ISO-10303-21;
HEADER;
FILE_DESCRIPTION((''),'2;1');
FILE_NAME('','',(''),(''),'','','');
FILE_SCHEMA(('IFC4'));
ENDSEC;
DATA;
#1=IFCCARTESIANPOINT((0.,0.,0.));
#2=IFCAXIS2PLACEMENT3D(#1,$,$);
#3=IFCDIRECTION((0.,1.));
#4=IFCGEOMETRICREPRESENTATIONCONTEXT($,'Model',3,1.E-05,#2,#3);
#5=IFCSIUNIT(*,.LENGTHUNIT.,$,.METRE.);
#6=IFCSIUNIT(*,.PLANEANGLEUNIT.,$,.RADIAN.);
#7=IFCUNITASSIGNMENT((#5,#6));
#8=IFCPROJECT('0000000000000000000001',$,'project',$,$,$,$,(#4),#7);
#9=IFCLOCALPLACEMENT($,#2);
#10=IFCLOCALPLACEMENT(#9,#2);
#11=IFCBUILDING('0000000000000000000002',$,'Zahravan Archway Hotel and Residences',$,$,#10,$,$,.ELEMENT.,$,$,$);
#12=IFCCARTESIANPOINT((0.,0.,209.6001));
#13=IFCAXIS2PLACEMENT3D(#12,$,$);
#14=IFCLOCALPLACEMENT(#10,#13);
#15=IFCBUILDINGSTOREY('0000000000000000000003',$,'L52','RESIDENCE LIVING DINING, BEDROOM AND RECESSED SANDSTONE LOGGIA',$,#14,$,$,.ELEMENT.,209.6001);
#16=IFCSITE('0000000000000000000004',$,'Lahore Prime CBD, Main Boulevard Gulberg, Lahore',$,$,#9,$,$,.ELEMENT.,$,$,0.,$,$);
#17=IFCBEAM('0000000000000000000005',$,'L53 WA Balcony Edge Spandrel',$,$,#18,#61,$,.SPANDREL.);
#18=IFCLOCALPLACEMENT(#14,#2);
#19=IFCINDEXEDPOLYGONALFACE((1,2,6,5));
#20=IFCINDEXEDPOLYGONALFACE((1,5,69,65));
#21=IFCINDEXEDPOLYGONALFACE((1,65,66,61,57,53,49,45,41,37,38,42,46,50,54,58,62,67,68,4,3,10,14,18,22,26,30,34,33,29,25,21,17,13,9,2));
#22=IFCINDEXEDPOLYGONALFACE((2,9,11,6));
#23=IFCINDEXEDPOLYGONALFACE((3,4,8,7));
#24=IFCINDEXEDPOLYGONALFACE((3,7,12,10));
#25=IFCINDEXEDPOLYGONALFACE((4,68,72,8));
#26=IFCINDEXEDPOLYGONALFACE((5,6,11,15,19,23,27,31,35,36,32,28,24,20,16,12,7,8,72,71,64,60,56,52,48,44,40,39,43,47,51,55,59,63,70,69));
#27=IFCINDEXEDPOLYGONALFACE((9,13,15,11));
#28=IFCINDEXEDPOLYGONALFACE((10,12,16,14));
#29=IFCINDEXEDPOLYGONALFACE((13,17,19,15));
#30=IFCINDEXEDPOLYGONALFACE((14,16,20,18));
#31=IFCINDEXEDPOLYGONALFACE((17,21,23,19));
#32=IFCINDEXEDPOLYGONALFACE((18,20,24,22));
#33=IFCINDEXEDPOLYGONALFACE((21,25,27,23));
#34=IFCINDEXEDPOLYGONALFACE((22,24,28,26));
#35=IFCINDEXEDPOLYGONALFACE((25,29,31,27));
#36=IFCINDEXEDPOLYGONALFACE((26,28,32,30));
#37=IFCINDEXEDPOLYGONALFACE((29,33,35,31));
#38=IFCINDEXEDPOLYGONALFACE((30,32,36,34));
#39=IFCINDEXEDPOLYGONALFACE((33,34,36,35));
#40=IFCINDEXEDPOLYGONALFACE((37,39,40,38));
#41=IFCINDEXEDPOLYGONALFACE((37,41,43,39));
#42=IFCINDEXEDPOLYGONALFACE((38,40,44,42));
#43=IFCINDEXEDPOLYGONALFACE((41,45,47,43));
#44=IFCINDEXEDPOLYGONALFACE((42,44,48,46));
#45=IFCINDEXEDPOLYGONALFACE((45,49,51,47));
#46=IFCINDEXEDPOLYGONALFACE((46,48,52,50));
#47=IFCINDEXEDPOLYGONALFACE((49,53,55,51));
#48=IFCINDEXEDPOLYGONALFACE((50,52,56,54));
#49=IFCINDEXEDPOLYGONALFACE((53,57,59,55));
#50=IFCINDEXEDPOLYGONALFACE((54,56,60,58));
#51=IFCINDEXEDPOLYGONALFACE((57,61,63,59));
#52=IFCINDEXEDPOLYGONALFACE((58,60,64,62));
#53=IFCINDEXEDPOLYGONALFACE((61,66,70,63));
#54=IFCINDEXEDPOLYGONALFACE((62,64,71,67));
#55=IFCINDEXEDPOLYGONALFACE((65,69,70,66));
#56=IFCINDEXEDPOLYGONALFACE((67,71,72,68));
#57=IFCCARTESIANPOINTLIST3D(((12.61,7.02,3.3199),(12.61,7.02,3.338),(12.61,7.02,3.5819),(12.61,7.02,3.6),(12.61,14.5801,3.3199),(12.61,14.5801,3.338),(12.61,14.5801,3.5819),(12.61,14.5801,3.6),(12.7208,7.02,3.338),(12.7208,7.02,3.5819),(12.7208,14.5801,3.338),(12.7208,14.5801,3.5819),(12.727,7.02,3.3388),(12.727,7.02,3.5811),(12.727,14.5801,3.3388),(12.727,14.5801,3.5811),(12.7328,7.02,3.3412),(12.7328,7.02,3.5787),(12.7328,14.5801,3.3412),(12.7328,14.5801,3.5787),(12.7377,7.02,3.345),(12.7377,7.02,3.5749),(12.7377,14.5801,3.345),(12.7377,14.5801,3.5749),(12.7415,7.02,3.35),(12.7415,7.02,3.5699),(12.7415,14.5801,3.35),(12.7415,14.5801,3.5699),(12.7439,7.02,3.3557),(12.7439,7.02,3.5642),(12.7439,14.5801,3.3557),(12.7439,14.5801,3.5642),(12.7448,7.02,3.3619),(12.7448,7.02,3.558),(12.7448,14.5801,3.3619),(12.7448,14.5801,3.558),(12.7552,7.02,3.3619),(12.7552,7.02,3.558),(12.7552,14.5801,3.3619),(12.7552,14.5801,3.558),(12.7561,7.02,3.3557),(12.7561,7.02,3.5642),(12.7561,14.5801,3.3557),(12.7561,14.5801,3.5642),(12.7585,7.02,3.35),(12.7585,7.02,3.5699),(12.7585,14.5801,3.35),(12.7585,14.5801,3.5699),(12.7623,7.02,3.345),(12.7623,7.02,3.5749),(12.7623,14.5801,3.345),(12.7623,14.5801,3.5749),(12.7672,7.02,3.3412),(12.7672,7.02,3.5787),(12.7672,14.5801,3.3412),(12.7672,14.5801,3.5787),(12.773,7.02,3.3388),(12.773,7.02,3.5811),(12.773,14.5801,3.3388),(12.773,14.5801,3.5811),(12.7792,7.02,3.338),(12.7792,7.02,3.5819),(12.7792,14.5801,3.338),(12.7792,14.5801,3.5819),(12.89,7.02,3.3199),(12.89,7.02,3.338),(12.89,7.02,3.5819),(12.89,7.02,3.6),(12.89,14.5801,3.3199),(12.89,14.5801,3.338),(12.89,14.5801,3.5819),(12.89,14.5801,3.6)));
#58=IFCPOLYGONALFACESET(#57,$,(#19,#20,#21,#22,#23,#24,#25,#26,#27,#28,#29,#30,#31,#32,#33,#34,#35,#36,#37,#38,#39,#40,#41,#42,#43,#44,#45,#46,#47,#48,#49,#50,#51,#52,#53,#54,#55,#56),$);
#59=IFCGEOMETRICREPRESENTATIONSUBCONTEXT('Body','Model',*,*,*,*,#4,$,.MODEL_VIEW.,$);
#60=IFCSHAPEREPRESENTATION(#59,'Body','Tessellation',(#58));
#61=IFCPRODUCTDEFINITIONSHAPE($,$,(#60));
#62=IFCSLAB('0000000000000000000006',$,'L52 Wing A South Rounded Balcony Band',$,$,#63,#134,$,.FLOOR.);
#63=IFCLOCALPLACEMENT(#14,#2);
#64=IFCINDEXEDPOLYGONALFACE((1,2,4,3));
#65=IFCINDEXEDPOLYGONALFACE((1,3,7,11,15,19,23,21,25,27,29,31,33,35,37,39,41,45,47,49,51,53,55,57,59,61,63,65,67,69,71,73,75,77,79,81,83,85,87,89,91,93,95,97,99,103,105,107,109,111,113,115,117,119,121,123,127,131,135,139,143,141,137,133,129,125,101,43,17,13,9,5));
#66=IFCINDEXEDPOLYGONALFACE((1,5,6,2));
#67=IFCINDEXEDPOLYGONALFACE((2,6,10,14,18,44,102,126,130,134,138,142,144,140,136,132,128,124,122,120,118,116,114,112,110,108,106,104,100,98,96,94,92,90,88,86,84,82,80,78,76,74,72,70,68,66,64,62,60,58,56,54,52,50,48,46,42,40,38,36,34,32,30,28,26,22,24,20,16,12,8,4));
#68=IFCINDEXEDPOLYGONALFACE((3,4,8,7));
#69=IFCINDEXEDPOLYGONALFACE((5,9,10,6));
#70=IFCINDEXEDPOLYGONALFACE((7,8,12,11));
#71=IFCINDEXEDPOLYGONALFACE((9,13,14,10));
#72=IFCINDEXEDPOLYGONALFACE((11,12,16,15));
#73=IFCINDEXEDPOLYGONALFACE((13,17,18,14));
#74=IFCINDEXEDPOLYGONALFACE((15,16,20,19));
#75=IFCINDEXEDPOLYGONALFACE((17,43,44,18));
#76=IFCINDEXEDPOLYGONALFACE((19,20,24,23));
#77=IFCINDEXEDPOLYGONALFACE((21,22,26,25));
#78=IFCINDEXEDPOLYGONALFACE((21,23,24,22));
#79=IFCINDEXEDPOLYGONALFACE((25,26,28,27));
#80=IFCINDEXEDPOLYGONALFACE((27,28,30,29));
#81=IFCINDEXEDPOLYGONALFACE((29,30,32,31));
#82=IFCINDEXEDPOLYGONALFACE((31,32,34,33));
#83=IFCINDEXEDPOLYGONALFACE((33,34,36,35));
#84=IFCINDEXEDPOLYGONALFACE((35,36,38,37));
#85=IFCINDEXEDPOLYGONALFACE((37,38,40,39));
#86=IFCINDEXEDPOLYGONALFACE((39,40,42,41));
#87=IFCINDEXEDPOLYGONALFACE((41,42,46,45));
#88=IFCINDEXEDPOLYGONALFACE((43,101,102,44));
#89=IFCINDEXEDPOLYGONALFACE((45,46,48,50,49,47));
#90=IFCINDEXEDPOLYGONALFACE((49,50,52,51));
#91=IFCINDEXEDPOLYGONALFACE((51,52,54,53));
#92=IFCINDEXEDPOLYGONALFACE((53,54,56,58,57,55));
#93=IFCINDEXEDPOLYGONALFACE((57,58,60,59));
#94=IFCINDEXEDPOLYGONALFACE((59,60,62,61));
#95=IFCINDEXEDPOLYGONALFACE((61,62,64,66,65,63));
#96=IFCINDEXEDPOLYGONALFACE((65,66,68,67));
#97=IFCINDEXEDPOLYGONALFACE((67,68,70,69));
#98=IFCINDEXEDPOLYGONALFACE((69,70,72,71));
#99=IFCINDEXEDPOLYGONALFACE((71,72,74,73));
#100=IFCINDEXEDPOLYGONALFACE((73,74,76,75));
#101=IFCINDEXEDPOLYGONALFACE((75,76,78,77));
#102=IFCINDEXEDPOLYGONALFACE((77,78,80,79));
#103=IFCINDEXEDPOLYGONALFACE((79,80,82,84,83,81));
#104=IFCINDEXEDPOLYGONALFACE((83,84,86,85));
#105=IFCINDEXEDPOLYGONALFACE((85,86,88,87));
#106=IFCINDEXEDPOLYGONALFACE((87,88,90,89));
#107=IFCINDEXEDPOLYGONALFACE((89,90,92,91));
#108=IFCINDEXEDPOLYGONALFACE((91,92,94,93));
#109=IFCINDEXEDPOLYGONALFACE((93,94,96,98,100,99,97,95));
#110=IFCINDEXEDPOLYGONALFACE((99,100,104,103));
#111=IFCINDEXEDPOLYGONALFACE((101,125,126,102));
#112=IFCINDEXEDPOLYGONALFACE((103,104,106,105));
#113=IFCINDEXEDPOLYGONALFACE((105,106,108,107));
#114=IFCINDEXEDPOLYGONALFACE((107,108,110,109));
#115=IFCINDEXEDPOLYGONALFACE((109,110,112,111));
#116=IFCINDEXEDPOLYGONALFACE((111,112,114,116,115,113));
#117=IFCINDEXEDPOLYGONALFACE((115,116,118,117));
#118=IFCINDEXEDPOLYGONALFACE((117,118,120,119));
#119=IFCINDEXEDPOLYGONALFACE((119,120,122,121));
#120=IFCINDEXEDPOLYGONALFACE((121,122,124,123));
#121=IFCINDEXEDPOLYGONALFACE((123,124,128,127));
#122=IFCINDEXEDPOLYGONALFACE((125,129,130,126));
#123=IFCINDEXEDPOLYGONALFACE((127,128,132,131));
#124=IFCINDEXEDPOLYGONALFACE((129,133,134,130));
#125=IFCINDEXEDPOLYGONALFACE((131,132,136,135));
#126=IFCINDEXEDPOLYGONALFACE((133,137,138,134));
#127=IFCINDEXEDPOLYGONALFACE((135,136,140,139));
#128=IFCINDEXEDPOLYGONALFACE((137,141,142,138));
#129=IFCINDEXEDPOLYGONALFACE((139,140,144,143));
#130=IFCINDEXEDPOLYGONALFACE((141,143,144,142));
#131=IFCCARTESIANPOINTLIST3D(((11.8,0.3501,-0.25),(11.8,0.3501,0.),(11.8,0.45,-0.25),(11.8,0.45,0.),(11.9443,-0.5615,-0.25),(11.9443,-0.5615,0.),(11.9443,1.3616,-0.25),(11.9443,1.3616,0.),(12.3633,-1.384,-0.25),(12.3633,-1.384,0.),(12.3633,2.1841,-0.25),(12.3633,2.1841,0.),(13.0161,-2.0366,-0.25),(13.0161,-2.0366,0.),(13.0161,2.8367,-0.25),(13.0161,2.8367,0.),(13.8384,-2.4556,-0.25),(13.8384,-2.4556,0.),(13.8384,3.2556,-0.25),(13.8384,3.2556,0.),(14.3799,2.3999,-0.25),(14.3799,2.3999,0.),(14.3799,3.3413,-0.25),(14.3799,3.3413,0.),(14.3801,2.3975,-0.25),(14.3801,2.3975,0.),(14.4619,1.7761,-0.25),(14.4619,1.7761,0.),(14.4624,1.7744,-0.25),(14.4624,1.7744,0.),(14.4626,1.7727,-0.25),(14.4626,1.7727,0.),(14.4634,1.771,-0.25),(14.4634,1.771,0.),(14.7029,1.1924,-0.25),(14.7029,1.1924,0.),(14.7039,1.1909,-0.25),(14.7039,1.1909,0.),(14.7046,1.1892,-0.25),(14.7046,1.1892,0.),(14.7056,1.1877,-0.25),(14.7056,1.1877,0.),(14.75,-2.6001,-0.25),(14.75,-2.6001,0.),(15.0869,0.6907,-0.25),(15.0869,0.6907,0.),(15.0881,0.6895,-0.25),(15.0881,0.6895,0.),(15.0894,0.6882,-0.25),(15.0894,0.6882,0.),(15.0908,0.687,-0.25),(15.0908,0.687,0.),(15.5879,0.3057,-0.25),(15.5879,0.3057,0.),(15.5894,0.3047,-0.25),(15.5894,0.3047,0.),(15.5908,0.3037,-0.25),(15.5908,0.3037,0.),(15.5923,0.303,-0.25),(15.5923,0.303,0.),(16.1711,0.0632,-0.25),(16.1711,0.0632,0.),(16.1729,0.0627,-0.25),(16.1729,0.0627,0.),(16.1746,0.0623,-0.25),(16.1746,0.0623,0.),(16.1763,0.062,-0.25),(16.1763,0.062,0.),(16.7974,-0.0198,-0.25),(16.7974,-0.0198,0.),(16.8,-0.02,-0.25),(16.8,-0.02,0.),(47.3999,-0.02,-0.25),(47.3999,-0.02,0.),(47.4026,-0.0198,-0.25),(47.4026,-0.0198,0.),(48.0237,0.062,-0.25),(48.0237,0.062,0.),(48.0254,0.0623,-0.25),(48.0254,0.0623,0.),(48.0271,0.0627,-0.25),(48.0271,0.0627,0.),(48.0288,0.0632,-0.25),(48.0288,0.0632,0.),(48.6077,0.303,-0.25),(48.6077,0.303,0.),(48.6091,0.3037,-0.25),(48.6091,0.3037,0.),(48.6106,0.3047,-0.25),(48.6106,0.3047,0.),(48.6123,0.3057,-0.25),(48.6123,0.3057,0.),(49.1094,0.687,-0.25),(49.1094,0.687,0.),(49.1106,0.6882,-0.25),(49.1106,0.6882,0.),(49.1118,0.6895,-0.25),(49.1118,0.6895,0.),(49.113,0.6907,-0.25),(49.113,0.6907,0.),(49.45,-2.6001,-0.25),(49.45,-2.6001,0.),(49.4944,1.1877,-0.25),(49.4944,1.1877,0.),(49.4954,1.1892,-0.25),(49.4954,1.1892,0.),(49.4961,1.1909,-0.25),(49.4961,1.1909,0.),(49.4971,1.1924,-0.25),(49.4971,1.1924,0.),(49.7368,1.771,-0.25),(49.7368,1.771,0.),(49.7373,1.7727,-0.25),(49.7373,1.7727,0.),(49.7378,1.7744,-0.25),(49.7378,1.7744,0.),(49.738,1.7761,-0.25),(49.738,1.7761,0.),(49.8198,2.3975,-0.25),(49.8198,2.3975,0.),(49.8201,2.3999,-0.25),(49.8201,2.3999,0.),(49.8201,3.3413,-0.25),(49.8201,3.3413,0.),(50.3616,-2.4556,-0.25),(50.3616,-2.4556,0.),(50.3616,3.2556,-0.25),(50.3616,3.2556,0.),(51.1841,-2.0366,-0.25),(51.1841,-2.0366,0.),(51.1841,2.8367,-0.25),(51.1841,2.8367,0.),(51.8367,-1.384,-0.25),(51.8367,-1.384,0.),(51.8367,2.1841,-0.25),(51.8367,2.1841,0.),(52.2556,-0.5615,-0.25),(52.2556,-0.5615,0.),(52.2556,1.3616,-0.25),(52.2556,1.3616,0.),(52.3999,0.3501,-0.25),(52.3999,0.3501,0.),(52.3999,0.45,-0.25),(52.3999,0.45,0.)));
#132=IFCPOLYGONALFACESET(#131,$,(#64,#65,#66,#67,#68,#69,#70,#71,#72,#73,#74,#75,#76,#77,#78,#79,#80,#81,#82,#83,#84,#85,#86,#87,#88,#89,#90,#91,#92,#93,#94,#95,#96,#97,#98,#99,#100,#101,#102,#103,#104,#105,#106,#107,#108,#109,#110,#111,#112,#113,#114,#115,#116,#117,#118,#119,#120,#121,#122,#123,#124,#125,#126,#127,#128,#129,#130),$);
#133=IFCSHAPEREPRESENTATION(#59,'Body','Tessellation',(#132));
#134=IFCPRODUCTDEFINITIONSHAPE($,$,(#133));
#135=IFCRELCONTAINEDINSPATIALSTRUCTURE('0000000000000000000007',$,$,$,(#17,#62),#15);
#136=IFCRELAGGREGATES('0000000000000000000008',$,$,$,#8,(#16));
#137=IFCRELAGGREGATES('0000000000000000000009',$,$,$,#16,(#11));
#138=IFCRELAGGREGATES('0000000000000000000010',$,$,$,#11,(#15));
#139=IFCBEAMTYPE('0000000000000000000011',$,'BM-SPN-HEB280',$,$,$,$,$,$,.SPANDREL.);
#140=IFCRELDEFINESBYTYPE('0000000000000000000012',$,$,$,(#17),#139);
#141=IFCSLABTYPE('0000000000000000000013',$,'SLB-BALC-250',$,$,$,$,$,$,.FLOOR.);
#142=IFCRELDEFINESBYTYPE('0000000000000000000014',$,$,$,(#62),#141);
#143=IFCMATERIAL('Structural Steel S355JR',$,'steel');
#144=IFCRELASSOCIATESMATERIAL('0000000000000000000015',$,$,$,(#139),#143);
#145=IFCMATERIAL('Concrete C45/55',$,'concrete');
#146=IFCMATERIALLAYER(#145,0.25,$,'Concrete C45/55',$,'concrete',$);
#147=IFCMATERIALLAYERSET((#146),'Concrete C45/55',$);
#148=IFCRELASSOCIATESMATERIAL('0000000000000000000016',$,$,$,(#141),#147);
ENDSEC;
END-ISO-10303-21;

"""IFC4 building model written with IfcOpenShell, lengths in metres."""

from ifc_helpers import new_model, si_unit, direction, frame, origin, origin_2d, place, context, subcontext, project, spatial, polyline, i_section, outline, extrude, source, transform, mapped, material, layer, layer_set, material_profile, profile_set, type_object, type_shapes, element, save


model = new_model("IFC4")

# Units and contexts
model_context = context("Model", 3, precision=1e-05, world=origin(), true_north=direction((0.0, 1.0)))
body_context = subcontext(model_context, "Body", "Model", "MODEL_VIEW")
ifc_project = project(units=[si_unit("LENGTHUNIT", "METRE"), si_unit("PLANEANGLEUNIT", "RADIAN")], contexts=[model_context])

# Site, building, storey
site_placement = place(None, origin())
site = spatial("IfcSite", under=ifc_project, at=site_placement, Name="Lahore Prime CBD, Main Boulevard Gulberg, Lahore", CompositionType="ELEMENT", RefElevation=0.0)
building_placement = place(site_placement, origin())
building = spatial("IfcBuilding", under=site, at=building_placement, Name="Zahravan Archway Hotel and Residences", CompositionType="ELEMENT")
storey_placement = place(building_placement, frame((0.0, 0.0, 209.6001)))
storey = spatial("IfcBuildingStorey", under=building, at=storey_placement, Name="L52", Description="RESIDENCE LIVING DINING, BEDROOM AND RECESSED SANDSTONE LOGGIA", CompositionType="ELEMENT", Elevation=209.6001)

# Beam
ifc_material_1 = material(Name="Structural Steel S355JR", Category="steel")
ifc_material_profile = material_profile(ifc_material_1, i_section(OverallWidth=0.28, OverallDepth=0.28, WebThickness=0.0105, FlangeThickness=0.0181, FilletRadius=0.0239, at=origin_2d()), Name="HEB 280", Category="steel")
ifc_profile_set = profile_set([ifc_material_profile], Name="Structural Steel S355JR")
beam_type = type_object("IfcBeamType", Name="BM-SPN-HEB280", PredefinedType="SPANDREL", material=ifc_profile_set)
shared_shape = source(origin(), body_context, "Body", "SweptSolid", [
    extrude(i_section(OverallWidth=0.28, OverallDepth=0.28, WebThickness=0.0105, FlangeThickness=0.0181, FilletRadius=0.0239, at=origin_2d()), origin(), (0.0, 0.0, 1.0), 7.5601),
])
type_shapes(beam_type, [shared_shape])
beam_placement = place(storey_placement, frame((12.75, 7.02, 3.46), z_axis=(0.0, 1.0, 0.0), x_axis=(-1.0, 0.0, 0.0)))
element("IfcBeam", 1, at=beam_placement, inside=storey, type_object=beam_type, Name="L53 WA Balcony Edge Spandrel", PredefinedType="SPANDREL", context=body_context, shape_type="MappedRepresentation", body=[
    mapped(shared_shape, transform((0.0, 0.0, 0.0), scale=1.0)),
])

# Slab
ifc_material_2 = material(Name="Concrete C45/55", Category="concrete")
ifc_layer_1 = layer(ifc_material_2, 0.25, Name="Concrete C45/55", Category="concrete")
ifc_layer_set_1 = layer_set([ifc_layer_1], Name="Concrete C45/55")
slab_type_1 = type_object("IfcSlabType", Name="SLB-BALC-250", PredefinedType="FLOOR", material=ifc_layer_set_1)
slab_1_placement = place(storey_placement, frame((0.0, 0.0, -0.25)))
element("IfcSlab", 2, at=slab_1_placement, inside=storey, type_object=slab_type_1, Name="L52 Wing A South Rounded Balcony Band", PredefinedType="FLOOR", context=body_context, shape_type="SweptSolid", body=[
    extrude(outline(polyline([(50.3616, 3.2556), (51.1841, 2.8367), (51.8367, 2.1841), (52.2556, 1.3616), (52.3999, 0.45), (52.3999, 0.3501), (52.2556, -0.5615), (51.8367, -1.384), (51.1841, -2.0366), (50.3616, -2.4556), (49.45, -2.6001), (14.75, -2.6001), (13.8384, -2.4556), (13.0161, -2.0366), (12.3633, -1.384), (11.9443, -0.5615), (11.8, 0.3501), (11.8, 0.45), (11.9443, 1.3616), (12.3633, 2.1841), (13.0161, 2.8367), (13.8384, 3.2556), (14.3799, 3.3413), (14.3799, 2.3999), (14.3801, 2.3975), (14.4619, 1.7761), (14.4624, 1.7744), (14.4626, 1.7727), (14.4634, 1.771), (14.7029, 1.1924), (14.7039, 1.1909), (14.7046, 1.1892), (14.7056, 1.1877), (15.0869, 0.6907), (15.0881, 0.6895), (15.0894, 0.6882), (15.0908, 0.687), (15.5879, 0.3057), (15.5894, 0.3047), (15.5908, 0.3037), (15.5923, 0.303), (16.1711, 0.0632), (16.1729, 0.0627), (16.1746, 0.0623), (16.1763, 0.062), (16.7974, -0.0198), (16.8, -0.02), (47.3999, -0.02), (47.4026, -0.0198), (48.0237, 0.062), (48.0254, 0.0623), (48.0271, 0.0627), (48.0288, 0.0632), (48.6077, 0.303), (48.6091, 0.3037), (48.6106, 0.3047), (48.6123, 0.3057), (49.1094, 0.687), (49.1106, 0.6882), (49.1118, 0.6895), (49.113, 0.6907), (49.4944, 1.1877), (49.4954, 1.1892), (49.4961, 1.1909), (49.4971, 1.1924), (49.7368, 1.771), (49.7373, 1.7727), (49.7378, 1.7744), (49.738, 1.7761), (49.8198, 2.3975), (49.8201, 2.3999), (49.8201, 3.3413), (50.3616, 3.2556)])), origin(), (0.0, 0.0, 1.0), 0.25),
])

save(model, "model.ifc")
